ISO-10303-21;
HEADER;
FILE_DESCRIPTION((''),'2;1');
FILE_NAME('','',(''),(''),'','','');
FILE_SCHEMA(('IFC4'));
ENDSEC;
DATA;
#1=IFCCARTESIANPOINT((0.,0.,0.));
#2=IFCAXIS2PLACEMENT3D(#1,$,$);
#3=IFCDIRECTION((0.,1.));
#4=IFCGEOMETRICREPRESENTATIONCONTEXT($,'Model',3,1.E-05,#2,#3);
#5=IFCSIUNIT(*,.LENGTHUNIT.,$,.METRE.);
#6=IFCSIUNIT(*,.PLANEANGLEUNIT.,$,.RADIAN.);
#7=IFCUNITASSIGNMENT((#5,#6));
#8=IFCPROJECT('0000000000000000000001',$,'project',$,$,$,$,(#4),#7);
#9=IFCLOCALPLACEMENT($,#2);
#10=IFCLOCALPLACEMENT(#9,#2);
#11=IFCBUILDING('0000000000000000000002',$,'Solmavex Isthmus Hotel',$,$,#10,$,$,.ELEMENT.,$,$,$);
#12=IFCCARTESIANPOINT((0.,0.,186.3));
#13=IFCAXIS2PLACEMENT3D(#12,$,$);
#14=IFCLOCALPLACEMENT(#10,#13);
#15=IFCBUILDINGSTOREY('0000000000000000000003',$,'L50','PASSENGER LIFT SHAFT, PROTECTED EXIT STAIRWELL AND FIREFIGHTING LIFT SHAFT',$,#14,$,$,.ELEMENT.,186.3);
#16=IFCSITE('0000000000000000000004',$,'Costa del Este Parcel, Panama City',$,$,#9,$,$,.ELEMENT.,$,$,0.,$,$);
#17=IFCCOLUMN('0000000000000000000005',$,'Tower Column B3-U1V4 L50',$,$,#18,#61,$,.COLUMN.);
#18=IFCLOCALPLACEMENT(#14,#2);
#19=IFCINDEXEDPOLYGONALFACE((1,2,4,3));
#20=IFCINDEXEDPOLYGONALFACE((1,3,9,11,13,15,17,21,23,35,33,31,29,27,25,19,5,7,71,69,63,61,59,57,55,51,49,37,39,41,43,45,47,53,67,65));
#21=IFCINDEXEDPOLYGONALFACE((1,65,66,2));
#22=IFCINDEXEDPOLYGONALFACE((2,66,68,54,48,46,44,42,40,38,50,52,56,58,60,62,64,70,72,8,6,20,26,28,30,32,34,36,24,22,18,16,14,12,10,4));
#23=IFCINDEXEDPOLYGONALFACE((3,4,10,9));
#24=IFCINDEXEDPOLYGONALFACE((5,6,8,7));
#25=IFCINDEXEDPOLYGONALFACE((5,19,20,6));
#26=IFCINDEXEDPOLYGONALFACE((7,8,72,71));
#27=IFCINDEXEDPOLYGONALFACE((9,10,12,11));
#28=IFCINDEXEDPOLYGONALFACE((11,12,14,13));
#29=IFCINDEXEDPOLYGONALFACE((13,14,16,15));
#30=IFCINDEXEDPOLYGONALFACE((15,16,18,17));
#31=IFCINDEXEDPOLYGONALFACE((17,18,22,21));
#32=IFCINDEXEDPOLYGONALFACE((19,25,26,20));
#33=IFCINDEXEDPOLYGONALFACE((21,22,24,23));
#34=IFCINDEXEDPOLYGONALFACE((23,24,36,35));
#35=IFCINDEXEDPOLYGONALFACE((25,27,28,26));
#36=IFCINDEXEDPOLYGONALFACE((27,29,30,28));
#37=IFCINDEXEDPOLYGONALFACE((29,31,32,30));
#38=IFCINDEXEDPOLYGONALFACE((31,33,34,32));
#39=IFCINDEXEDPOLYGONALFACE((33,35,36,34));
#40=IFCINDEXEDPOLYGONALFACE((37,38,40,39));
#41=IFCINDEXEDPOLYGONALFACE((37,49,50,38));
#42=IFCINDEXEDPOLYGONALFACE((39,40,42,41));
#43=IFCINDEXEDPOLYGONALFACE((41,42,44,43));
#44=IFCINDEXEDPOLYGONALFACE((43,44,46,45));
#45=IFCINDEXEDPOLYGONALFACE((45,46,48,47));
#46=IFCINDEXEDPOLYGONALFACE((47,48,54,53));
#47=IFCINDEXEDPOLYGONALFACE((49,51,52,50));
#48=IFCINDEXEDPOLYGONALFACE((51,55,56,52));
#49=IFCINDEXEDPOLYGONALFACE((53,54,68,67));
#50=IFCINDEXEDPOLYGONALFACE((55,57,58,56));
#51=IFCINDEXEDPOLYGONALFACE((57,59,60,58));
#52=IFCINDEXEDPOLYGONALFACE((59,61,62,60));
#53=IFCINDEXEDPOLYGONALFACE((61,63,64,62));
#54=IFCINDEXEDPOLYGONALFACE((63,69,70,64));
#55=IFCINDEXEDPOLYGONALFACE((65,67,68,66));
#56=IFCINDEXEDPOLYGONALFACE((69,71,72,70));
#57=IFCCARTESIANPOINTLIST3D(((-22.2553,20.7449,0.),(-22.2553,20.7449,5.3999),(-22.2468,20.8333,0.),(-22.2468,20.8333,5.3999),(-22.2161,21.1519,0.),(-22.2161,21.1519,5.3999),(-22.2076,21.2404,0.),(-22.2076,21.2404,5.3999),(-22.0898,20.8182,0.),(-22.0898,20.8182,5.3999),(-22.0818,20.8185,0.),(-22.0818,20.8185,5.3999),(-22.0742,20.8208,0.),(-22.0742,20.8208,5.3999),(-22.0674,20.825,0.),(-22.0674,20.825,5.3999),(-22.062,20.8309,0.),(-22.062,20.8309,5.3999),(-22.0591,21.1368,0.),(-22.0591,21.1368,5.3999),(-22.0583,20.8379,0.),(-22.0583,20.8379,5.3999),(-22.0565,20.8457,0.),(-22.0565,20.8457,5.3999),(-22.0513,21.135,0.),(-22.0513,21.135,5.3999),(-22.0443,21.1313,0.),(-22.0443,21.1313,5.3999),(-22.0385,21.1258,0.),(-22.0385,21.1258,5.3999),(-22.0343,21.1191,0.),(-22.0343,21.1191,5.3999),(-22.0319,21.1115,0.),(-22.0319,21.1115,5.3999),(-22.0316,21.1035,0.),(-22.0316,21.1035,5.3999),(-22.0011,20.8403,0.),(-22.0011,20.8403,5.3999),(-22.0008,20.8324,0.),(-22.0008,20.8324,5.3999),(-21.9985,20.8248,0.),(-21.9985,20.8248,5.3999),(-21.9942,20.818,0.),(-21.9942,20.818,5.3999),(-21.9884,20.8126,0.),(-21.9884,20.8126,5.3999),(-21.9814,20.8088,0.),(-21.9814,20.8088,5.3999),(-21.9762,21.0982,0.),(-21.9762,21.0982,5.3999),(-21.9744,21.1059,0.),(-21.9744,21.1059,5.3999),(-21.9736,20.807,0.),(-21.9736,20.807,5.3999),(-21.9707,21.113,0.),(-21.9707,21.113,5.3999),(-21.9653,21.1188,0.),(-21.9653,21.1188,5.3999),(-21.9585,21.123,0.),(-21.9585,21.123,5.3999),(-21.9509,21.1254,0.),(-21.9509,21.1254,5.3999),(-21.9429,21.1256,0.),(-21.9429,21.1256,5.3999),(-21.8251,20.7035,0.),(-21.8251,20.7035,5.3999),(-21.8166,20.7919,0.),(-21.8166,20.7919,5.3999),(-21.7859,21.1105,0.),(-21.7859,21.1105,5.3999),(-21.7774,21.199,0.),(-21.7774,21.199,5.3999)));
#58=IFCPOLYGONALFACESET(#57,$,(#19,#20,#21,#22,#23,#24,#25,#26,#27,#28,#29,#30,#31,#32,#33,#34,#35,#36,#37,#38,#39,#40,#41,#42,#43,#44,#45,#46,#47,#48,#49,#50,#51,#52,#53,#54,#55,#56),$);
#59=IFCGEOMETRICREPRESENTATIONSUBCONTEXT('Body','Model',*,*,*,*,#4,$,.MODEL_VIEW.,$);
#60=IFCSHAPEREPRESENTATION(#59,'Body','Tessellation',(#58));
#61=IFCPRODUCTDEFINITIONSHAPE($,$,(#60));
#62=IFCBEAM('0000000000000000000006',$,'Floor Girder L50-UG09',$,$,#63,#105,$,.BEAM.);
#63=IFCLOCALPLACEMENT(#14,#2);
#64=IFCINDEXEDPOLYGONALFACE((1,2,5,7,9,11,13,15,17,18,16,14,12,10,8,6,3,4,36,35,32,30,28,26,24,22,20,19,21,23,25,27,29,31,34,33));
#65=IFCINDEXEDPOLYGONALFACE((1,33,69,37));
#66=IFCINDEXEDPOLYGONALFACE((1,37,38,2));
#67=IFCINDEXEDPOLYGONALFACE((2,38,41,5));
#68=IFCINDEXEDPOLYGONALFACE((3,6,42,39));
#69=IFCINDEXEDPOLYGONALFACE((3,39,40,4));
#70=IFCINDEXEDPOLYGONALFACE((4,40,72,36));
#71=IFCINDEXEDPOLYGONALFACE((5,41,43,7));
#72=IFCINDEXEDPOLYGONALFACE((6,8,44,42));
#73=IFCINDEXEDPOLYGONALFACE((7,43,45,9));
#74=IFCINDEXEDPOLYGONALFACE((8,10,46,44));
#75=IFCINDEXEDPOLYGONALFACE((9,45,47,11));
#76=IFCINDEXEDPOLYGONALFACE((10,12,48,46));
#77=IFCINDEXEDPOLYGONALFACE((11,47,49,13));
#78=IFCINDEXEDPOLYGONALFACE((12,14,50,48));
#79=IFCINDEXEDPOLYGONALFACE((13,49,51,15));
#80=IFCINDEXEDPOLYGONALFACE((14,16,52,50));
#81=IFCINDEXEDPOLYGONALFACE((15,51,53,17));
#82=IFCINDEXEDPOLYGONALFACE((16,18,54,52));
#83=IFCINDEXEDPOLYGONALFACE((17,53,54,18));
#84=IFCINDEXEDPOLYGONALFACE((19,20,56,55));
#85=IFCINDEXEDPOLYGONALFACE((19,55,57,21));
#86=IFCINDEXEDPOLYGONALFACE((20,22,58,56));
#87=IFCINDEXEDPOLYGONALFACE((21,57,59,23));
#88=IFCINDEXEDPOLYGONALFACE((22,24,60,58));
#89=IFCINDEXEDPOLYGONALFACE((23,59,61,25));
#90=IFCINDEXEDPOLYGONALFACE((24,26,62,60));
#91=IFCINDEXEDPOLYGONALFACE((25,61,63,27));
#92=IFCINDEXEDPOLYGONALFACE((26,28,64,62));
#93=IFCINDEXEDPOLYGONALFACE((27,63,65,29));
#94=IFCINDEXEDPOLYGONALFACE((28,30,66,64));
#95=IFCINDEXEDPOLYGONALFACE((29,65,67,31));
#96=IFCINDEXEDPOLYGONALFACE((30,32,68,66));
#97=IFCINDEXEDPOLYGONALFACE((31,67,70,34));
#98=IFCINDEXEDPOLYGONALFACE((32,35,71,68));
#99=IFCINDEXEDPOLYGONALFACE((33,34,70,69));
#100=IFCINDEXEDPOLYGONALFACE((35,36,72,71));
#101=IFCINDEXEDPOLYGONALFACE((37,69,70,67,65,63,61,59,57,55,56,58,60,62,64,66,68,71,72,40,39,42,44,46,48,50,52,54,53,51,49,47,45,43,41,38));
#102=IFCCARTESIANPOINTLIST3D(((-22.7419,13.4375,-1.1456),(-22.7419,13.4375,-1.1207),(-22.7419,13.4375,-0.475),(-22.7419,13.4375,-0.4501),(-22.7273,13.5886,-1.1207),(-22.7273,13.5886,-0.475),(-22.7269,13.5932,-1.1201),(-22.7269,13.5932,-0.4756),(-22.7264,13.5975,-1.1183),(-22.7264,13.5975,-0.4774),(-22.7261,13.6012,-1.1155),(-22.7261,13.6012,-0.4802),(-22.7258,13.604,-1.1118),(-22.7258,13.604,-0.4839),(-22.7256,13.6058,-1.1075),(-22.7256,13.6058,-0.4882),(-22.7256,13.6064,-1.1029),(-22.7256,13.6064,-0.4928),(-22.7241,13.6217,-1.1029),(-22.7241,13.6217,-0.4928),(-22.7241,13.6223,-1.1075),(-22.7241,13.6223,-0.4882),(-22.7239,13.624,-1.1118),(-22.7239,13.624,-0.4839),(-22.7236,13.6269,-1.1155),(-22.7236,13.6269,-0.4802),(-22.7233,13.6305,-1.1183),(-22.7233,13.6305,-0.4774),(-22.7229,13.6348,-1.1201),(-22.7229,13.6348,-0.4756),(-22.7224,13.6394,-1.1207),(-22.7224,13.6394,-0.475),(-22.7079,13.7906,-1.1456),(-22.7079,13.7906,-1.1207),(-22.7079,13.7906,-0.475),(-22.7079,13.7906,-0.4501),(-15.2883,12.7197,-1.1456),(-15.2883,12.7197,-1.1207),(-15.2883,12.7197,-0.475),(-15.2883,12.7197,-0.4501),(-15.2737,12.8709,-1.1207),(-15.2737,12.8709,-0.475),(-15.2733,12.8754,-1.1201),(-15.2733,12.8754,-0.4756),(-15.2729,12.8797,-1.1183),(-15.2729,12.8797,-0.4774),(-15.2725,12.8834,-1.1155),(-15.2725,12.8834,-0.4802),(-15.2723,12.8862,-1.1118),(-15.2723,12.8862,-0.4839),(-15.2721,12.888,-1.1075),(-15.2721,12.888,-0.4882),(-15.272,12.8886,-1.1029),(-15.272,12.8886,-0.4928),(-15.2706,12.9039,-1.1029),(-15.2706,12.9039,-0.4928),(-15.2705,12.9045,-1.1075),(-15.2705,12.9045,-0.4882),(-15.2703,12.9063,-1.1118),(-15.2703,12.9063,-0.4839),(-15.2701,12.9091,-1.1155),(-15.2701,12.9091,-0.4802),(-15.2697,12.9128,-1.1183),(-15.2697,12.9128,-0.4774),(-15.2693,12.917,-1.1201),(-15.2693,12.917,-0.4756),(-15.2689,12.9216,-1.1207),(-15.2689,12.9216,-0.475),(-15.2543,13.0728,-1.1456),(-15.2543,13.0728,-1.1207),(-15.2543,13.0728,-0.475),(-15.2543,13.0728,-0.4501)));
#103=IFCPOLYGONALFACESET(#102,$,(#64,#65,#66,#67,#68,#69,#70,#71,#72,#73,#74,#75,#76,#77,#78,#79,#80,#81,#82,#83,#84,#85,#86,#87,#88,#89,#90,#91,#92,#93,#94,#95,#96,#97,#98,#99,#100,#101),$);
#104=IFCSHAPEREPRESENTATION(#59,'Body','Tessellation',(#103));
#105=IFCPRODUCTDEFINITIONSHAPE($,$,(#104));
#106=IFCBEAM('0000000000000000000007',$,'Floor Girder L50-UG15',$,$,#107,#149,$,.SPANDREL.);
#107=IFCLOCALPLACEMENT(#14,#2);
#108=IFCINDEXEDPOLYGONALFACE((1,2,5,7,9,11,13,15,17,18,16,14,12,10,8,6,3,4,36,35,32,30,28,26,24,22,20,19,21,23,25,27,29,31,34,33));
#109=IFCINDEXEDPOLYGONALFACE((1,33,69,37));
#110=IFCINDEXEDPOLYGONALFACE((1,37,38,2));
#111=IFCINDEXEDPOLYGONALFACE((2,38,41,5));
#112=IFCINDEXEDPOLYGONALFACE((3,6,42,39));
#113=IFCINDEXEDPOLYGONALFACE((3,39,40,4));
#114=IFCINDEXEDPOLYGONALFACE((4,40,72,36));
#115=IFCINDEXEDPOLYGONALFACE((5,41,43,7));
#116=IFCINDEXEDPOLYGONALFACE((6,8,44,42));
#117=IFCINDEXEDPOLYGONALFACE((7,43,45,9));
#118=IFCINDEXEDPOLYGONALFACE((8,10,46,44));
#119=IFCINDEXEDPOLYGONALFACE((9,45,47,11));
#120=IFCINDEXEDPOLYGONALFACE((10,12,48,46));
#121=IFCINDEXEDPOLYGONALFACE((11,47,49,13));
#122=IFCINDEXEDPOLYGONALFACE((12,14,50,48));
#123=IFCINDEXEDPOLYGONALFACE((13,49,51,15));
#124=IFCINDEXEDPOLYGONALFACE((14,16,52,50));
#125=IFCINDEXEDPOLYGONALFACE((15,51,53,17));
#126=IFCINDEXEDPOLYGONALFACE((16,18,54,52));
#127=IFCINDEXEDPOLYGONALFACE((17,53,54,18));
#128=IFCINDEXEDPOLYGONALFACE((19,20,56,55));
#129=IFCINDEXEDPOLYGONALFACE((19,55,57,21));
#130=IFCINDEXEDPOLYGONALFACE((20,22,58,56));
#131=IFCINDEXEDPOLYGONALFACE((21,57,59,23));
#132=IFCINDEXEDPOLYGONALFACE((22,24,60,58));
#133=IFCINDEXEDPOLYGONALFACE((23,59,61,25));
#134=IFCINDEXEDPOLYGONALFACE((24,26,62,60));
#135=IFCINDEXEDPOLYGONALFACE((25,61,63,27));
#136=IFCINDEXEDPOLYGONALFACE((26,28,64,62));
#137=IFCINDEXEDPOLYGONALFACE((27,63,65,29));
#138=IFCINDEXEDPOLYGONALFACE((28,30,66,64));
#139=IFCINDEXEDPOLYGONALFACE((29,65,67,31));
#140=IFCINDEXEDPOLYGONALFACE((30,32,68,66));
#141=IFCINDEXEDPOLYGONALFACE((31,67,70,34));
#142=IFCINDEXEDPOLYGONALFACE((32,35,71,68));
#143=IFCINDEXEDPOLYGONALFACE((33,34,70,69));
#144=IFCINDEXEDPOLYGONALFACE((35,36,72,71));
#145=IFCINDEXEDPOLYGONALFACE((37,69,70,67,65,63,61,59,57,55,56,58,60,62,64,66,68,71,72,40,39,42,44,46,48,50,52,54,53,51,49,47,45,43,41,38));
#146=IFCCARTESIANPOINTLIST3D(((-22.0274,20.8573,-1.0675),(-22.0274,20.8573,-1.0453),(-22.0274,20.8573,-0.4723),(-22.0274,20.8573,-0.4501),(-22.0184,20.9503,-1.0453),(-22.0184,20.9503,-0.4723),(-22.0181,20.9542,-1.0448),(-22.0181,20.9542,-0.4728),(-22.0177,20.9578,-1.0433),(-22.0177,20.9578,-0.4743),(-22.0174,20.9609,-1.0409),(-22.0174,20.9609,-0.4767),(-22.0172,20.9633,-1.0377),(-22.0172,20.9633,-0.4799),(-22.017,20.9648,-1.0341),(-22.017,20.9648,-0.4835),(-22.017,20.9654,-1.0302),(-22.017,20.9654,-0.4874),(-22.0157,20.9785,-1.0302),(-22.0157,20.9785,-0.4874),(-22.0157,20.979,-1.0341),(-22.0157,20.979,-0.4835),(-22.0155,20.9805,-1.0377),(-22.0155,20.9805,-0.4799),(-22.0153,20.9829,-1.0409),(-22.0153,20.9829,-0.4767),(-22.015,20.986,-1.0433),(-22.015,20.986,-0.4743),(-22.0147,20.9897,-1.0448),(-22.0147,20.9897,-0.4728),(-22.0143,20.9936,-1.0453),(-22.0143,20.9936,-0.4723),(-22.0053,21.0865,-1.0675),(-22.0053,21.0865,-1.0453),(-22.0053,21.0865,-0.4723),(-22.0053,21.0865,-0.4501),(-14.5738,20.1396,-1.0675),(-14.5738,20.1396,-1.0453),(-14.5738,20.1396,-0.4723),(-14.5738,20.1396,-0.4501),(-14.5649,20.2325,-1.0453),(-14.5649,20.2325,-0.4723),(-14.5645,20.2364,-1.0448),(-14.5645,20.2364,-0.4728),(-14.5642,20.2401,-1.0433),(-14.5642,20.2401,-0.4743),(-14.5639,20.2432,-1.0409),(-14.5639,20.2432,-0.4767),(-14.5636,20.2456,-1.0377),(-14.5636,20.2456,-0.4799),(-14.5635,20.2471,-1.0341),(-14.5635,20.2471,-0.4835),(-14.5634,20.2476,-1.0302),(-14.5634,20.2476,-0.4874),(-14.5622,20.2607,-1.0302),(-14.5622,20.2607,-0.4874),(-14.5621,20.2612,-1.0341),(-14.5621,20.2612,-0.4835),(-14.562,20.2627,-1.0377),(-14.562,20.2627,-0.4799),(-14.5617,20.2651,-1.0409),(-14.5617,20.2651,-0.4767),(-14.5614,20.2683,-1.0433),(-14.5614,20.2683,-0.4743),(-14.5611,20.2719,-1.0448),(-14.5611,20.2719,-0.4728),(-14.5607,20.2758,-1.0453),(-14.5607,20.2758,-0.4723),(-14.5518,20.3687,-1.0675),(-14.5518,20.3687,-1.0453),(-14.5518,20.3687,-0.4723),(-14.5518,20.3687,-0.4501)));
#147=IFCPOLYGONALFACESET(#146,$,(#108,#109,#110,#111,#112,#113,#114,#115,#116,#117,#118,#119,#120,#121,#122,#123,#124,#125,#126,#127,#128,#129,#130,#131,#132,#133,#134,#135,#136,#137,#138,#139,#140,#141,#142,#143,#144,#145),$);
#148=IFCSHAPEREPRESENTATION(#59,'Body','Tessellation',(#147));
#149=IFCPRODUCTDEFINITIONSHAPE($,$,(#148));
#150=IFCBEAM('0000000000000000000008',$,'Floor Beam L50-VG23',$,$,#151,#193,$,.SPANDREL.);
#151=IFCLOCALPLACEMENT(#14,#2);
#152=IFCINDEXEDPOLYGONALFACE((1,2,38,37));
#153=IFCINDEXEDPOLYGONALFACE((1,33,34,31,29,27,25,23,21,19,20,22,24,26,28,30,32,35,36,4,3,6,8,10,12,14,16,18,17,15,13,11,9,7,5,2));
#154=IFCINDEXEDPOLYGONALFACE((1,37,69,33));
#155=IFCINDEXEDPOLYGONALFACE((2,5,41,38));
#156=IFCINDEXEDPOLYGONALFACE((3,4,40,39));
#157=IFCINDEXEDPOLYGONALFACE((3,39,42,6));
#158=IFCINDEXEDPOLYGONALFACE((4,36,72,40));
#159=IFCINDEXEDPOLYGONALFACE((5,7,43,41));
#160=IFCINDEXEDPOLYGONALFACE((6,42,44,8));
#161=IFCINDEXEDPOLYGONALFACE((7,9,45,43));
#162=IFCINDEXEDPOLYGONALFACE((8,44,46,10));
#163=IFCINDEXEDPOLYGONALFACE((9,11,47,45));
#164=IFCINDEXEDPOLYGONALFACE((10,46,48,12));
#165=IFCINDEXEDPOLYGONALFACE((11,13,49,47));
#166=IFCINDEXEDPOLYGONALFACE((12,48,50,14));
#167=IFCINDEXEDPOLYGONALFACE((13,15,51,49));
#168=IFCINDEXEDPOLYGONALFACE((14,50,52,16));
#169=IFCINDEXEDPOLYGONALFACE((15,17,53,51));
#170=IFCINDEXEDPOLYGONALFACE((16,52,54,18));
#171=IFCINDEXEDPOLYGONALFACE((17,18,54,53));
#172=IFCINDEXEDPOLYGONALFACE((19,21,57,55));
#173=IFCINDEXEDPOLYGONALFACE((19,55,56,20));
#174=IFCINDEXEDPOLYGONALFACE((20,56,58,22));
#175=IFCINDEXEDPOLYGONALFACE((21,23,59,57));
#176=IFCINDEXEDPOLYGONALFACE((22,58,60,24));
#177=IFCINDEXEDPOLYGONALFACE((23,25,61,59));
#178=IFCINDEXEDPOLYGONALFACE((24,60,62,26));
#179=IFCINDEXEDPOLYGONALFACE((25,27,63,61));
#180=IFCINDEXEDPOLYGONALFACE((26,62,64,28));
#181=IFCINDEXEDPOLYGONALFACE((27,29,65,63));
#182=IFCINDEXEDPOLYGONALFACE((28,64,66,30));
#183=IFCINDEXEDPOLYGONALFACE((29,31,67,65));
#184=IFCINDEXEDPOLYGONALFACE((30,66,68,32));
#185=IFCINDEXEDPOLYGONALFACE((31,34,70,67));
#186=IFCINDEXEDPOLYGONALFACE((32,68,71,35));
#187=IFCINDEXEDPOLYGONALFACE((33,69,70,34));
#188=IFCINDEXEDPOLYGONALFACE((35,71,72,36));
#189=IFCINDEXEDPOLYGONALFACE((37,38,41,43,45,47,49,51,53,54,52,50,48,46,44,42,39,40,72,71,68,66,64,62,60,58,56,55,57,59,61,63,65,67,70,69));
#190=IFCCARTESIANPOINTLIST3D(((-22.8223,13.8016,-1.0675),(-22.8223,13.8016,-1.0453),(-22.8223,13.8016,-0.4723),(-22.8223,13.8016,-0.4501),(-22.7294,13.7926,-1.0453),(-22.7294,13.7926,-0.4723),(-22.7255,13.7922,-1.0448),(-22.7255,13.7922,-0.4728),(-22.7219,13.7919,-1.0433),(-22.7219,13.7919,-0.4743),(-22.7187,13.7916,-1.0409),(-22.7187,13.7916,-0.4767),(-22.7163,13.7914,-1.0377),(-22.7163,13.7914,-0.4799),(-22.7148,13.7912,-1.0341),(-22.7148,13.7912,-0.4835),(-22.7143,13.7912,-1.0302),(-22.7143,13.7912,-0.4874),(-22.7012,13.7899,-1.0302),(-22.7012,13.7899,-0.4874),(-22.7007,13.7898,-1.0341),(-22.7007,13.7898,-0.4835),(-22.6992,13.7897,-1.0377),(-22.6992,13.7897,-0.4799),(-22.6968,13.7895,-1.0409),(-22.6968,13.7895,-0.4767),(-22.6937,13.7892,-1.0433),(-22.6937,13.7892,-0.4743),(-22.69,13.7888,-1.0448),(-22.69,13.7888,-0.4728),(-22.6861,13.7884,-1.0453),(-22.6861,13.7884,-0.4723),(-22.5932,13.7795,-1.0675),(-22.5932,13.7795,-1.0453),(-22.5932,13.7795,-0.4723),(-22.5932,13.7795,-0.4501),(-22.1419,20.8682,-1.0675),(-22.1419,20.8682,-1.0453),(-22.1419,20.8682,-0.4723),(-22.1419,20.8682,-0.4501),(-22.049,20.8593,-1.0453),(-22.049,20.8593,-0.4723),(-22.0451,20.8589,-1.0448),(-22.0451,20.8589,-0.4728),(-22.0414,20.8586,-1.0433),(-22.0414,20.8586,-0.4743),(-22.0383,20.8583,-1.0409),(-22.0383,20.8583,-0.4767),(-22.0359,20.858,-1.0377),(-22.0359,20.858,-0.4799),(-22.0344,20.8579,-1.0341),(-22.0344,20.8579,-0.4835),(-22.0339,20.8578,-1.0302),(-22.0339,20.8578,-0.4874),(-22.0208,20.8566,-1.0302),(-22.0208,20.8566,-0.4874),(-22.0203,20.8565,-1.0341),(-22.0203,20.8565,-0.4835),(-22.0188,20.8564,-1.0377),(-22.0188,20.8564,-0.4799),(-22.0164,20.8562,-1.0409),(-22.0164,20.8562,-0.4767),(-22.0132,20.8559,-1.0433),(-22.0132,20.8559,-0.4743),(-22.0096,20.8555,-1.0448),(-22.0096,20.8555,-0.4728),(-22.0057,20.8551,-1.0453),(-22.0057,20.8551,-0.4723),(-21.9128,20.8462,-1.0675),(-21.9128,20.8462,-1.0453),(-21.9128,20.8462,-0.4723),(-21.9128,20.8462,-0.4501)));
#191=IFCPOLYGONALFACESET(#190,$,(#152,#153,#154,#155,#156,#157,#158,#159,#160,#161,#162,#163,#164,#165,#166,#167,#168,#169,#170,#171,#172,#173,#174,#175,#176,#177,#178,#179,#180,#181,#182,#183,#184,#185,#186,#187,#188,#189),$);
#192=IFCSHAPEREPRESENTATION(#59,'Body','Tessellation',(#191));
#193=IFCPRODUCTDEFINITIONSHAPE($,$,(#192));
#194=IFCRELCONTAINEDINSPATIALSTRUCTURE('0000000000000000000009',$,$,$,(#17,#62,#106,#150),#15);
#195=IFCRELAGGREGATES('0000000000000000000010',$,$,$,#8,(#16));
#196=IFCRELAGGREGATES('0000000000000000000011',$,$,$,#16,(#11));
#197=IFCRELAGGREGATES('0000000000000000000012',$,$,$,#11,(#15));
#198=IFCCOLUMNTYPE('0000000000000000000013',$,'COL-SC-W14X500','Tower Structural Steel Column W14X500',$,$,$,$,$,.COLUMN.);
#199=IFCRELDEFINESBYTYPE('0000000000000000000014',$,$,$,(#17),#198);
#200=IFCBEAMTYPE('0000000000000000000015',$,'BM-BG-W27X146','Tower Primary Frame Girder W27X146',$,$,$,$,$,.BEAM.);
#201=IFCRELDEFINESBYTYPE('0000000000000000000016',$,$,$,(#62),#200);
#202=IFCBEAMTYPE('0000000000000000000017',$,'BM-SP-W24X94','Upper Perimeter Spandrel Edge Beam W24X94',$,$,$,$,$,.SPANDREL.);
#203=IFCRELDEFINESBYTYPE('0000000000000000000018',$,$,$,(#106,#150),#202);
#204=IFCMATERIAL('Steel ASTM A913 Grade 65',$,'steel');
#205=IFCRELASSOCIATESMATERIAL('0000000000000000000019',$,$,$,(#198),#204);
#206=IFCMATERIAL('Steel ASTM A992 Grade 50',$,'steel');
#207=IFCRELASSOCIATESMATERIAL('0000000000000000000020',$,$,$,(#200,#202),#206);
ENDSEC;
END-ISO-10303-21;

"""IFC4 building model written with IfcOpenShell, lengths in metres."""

from ifc_helpers import new_model, si_unit, direction, frame, origin, origin_2d, place, context, subcontext, project, spatial, i_section, extrude, material, material_profile, profile_set, type_object, element, save


model = new_model("IFC4")

# Units and contexts
model_context = context("Model", 3, precision=1e-05, world=origin(), true_north=direction((0.0, 1.0)))
body_context = subcontext(model_context, "Body", "Model", "MODEL_VIEW")
ifc_project = project(units=[si_unit("LENGTHUNIT", "METRE"), si_unit("PLANEANGLEUNIT", "RADIAN")], contexts=[model_context])

# Site, building, storey
site_placement = place(None, origin())
site = spatial("IfcSite", under=ifc_project, at=site_placement, Name="Costa del Este Parcel, Panama City", CompositionType="ELEMENT", RefElevation=0.0)
building_placement = place(site_placement, origin())
building = spatial("IfcBuilding", under=site, at=building_placement, Name="Solmavex Isthmus Hotel", CompositionType="ELEMENT")
storey_placement = place(building_placement, frame((0.0, 0.0, 186.3)))
storey = spatial("IfcBuildingStorey", under=building, at=storey_placement, Name="L50", Description="PASSENGER LIFT SHAFT, PROTECTED EXIT STAIRWELL AND FIREFIGHTING LIFT SHAFT", CompositionType="ELEMENT", Elevation=186.3)

# Column
ifc_material_1 = material(Name="Steel ASTM A913 Grade 65", Category="steel")
ifc_material_profile_1 = material_profile(ifc_material_1, i_section(OverallWidth=0.4321, OverallDepth=0.4978, WebThickness=0.0557, FlangeThickness=0.0889, FilletRadius=0.0305, at=origin_2d()), Name="W14X500")
ifc_profile_set_1 = profile_set([ifc_material_profile_1], Name="Steel ASTM A913 Grade 65")
column_type = type_object("IfcColumnType", Name="COL-SC-W14X500", Description="Tower Structural Steel Column W14X500", PredefinedType="COLUMN", material=ifc_profile_set_1)
column_placement = place(storey_placement, frame((-22.0164, 20.9719, 0.0), z_axis=(0.0, 0.0, 1.0), x_axis=(0.995396, -0.095846, 0.0)))
element("IfcColumn", 1, at=column_placement, inside=storey, type_object=column_type, Name="Tower Column B3-U1V4 L50", PredefinedType="COLUMN", context=body_context, shape_type="SweptSolid", body=[
    extrude(i_section(OverallWidth=0.4321, OverallDepth=0.4978, WebThickness=0.0557, FlangeThickness=0.0889, FilletRadius=0.0305, at=origin_2d()), origin(), (0.0, 0.0, 1.0), 5.3999),
])

# Beams
ifc_material_2 = material(Name="Steel ASTM A992 Grade 50", Category="steel")
ifc_material_profile_2 = material_profile(ifc_material_2, i_section(OverallWidth=0.3547, OverallDepth=0.6956, WebThickness=0.0154, FlangeThickness=0.0249, FilletRadius=0.0178, at=origin_2d()), Name="W27X146")
ifc_profile_set_2 = profile_set([ifc_material_profile_2], Name="Steel ASTM A992 Grade 50")
beam_type_1 = type_object("IfcBeamType", Name="BM-BG-W27X146", Description="Tower Primary Frame Girder W27X146", PredefinedType="BEAM", material=ifc_profile_set_2)
beam_1_placement = place(storey_placement, frame((-22.7249, 13.614, -0.7979), z_axis=(0.995395, -0.095855, 0.0), x_axis=(0.095855, 0.995395, 0.0)))
element("IfcBeam", 2, at=beam_1_placement, inside=storey, type_object=beam_type_1, Name="Floor Girder L50-UG09", PredefinedType="BEAM", context=body_context, shape_type="SweptSolid", body=[
    extrude(i_section(OverallWidth=0.3547, OverallDepth=0.6956, WebThickness=0.0154, FlangeThickness=0.0249, FilletRadius=0.0178, at=origin_2d()), origin(), (0.0, 0.0, 1.0), 7.488),
])
ifc_material_profile_3 = material_profile(ifc_material_2, i_section(OverallWidth=0.2302, OverallDepth=0.6174, WebThickness=0.0132, FlangeThickness=0.0222, FilletRadius=0.0151, at=origin_2d()), Name="W24X94")
ifc_profile_set_3 = profile_set([ifc_material_profile_3], Name="Steel ASTM A992 Grade 50")
beam_type_2 = type_object("IfcBeamType", Name="BM-SP-W24X94", Description="Upper Perimeter Spandrel Edge Beam W24X94", PredefinedType="SPANDREL", material=ifc_profile_set_3)
beam_2_placement = place(storey_placement, frame((-22.0164, 20.9719, -0.7588), z_axis=(0.995395, -0.095855, 0.0), x_axis=(0.095855, 0.995395, 0.0)))
element("IfcBeam", 3, at=beam_2_placement, inside=storey, type_object=beam_type_2, Name="Floor Girder L50-UG15", PredefinedType="SPANDREL", context=body_context, shape_type="SweptSolid", body=[
    extrude(i_section(OverallWidth=0.2302, OverallDepth=0.6174, WebThickness=0.0132, FlangeThickness=0.0222, FilletRadius=0.0151, at=origin_2d()), origin(), (0.0, 0.0, 1.0), 7.488),
])
beam_3_placement = place(storey_placement, frame((-22.7078, 13.7905, -0.7588), z_axis=(0.095843, 0.995396, 0.0), x_axis=(-0.995396, 0.095843, 0.0)))
element("IfcBeam", 4, at=beam_3_placement, inside=storey, type_object=beam_type_2, Name="Floor Beam L50-VG23", PredefinedType="SPANDREL", context=body_context, shape_type="SweptSolid", body=[
    extrude(i_section(OverallWidth=0.2302, OverallDepth=0.6174, WebThickness=0.0132, FlangeThickness=0.0222, FilletRadius=0.0151, at=origin_2d()), origin(), (0.0, 0.0, 1.0), 7.0994),
])

save(model, "model.ifc")
